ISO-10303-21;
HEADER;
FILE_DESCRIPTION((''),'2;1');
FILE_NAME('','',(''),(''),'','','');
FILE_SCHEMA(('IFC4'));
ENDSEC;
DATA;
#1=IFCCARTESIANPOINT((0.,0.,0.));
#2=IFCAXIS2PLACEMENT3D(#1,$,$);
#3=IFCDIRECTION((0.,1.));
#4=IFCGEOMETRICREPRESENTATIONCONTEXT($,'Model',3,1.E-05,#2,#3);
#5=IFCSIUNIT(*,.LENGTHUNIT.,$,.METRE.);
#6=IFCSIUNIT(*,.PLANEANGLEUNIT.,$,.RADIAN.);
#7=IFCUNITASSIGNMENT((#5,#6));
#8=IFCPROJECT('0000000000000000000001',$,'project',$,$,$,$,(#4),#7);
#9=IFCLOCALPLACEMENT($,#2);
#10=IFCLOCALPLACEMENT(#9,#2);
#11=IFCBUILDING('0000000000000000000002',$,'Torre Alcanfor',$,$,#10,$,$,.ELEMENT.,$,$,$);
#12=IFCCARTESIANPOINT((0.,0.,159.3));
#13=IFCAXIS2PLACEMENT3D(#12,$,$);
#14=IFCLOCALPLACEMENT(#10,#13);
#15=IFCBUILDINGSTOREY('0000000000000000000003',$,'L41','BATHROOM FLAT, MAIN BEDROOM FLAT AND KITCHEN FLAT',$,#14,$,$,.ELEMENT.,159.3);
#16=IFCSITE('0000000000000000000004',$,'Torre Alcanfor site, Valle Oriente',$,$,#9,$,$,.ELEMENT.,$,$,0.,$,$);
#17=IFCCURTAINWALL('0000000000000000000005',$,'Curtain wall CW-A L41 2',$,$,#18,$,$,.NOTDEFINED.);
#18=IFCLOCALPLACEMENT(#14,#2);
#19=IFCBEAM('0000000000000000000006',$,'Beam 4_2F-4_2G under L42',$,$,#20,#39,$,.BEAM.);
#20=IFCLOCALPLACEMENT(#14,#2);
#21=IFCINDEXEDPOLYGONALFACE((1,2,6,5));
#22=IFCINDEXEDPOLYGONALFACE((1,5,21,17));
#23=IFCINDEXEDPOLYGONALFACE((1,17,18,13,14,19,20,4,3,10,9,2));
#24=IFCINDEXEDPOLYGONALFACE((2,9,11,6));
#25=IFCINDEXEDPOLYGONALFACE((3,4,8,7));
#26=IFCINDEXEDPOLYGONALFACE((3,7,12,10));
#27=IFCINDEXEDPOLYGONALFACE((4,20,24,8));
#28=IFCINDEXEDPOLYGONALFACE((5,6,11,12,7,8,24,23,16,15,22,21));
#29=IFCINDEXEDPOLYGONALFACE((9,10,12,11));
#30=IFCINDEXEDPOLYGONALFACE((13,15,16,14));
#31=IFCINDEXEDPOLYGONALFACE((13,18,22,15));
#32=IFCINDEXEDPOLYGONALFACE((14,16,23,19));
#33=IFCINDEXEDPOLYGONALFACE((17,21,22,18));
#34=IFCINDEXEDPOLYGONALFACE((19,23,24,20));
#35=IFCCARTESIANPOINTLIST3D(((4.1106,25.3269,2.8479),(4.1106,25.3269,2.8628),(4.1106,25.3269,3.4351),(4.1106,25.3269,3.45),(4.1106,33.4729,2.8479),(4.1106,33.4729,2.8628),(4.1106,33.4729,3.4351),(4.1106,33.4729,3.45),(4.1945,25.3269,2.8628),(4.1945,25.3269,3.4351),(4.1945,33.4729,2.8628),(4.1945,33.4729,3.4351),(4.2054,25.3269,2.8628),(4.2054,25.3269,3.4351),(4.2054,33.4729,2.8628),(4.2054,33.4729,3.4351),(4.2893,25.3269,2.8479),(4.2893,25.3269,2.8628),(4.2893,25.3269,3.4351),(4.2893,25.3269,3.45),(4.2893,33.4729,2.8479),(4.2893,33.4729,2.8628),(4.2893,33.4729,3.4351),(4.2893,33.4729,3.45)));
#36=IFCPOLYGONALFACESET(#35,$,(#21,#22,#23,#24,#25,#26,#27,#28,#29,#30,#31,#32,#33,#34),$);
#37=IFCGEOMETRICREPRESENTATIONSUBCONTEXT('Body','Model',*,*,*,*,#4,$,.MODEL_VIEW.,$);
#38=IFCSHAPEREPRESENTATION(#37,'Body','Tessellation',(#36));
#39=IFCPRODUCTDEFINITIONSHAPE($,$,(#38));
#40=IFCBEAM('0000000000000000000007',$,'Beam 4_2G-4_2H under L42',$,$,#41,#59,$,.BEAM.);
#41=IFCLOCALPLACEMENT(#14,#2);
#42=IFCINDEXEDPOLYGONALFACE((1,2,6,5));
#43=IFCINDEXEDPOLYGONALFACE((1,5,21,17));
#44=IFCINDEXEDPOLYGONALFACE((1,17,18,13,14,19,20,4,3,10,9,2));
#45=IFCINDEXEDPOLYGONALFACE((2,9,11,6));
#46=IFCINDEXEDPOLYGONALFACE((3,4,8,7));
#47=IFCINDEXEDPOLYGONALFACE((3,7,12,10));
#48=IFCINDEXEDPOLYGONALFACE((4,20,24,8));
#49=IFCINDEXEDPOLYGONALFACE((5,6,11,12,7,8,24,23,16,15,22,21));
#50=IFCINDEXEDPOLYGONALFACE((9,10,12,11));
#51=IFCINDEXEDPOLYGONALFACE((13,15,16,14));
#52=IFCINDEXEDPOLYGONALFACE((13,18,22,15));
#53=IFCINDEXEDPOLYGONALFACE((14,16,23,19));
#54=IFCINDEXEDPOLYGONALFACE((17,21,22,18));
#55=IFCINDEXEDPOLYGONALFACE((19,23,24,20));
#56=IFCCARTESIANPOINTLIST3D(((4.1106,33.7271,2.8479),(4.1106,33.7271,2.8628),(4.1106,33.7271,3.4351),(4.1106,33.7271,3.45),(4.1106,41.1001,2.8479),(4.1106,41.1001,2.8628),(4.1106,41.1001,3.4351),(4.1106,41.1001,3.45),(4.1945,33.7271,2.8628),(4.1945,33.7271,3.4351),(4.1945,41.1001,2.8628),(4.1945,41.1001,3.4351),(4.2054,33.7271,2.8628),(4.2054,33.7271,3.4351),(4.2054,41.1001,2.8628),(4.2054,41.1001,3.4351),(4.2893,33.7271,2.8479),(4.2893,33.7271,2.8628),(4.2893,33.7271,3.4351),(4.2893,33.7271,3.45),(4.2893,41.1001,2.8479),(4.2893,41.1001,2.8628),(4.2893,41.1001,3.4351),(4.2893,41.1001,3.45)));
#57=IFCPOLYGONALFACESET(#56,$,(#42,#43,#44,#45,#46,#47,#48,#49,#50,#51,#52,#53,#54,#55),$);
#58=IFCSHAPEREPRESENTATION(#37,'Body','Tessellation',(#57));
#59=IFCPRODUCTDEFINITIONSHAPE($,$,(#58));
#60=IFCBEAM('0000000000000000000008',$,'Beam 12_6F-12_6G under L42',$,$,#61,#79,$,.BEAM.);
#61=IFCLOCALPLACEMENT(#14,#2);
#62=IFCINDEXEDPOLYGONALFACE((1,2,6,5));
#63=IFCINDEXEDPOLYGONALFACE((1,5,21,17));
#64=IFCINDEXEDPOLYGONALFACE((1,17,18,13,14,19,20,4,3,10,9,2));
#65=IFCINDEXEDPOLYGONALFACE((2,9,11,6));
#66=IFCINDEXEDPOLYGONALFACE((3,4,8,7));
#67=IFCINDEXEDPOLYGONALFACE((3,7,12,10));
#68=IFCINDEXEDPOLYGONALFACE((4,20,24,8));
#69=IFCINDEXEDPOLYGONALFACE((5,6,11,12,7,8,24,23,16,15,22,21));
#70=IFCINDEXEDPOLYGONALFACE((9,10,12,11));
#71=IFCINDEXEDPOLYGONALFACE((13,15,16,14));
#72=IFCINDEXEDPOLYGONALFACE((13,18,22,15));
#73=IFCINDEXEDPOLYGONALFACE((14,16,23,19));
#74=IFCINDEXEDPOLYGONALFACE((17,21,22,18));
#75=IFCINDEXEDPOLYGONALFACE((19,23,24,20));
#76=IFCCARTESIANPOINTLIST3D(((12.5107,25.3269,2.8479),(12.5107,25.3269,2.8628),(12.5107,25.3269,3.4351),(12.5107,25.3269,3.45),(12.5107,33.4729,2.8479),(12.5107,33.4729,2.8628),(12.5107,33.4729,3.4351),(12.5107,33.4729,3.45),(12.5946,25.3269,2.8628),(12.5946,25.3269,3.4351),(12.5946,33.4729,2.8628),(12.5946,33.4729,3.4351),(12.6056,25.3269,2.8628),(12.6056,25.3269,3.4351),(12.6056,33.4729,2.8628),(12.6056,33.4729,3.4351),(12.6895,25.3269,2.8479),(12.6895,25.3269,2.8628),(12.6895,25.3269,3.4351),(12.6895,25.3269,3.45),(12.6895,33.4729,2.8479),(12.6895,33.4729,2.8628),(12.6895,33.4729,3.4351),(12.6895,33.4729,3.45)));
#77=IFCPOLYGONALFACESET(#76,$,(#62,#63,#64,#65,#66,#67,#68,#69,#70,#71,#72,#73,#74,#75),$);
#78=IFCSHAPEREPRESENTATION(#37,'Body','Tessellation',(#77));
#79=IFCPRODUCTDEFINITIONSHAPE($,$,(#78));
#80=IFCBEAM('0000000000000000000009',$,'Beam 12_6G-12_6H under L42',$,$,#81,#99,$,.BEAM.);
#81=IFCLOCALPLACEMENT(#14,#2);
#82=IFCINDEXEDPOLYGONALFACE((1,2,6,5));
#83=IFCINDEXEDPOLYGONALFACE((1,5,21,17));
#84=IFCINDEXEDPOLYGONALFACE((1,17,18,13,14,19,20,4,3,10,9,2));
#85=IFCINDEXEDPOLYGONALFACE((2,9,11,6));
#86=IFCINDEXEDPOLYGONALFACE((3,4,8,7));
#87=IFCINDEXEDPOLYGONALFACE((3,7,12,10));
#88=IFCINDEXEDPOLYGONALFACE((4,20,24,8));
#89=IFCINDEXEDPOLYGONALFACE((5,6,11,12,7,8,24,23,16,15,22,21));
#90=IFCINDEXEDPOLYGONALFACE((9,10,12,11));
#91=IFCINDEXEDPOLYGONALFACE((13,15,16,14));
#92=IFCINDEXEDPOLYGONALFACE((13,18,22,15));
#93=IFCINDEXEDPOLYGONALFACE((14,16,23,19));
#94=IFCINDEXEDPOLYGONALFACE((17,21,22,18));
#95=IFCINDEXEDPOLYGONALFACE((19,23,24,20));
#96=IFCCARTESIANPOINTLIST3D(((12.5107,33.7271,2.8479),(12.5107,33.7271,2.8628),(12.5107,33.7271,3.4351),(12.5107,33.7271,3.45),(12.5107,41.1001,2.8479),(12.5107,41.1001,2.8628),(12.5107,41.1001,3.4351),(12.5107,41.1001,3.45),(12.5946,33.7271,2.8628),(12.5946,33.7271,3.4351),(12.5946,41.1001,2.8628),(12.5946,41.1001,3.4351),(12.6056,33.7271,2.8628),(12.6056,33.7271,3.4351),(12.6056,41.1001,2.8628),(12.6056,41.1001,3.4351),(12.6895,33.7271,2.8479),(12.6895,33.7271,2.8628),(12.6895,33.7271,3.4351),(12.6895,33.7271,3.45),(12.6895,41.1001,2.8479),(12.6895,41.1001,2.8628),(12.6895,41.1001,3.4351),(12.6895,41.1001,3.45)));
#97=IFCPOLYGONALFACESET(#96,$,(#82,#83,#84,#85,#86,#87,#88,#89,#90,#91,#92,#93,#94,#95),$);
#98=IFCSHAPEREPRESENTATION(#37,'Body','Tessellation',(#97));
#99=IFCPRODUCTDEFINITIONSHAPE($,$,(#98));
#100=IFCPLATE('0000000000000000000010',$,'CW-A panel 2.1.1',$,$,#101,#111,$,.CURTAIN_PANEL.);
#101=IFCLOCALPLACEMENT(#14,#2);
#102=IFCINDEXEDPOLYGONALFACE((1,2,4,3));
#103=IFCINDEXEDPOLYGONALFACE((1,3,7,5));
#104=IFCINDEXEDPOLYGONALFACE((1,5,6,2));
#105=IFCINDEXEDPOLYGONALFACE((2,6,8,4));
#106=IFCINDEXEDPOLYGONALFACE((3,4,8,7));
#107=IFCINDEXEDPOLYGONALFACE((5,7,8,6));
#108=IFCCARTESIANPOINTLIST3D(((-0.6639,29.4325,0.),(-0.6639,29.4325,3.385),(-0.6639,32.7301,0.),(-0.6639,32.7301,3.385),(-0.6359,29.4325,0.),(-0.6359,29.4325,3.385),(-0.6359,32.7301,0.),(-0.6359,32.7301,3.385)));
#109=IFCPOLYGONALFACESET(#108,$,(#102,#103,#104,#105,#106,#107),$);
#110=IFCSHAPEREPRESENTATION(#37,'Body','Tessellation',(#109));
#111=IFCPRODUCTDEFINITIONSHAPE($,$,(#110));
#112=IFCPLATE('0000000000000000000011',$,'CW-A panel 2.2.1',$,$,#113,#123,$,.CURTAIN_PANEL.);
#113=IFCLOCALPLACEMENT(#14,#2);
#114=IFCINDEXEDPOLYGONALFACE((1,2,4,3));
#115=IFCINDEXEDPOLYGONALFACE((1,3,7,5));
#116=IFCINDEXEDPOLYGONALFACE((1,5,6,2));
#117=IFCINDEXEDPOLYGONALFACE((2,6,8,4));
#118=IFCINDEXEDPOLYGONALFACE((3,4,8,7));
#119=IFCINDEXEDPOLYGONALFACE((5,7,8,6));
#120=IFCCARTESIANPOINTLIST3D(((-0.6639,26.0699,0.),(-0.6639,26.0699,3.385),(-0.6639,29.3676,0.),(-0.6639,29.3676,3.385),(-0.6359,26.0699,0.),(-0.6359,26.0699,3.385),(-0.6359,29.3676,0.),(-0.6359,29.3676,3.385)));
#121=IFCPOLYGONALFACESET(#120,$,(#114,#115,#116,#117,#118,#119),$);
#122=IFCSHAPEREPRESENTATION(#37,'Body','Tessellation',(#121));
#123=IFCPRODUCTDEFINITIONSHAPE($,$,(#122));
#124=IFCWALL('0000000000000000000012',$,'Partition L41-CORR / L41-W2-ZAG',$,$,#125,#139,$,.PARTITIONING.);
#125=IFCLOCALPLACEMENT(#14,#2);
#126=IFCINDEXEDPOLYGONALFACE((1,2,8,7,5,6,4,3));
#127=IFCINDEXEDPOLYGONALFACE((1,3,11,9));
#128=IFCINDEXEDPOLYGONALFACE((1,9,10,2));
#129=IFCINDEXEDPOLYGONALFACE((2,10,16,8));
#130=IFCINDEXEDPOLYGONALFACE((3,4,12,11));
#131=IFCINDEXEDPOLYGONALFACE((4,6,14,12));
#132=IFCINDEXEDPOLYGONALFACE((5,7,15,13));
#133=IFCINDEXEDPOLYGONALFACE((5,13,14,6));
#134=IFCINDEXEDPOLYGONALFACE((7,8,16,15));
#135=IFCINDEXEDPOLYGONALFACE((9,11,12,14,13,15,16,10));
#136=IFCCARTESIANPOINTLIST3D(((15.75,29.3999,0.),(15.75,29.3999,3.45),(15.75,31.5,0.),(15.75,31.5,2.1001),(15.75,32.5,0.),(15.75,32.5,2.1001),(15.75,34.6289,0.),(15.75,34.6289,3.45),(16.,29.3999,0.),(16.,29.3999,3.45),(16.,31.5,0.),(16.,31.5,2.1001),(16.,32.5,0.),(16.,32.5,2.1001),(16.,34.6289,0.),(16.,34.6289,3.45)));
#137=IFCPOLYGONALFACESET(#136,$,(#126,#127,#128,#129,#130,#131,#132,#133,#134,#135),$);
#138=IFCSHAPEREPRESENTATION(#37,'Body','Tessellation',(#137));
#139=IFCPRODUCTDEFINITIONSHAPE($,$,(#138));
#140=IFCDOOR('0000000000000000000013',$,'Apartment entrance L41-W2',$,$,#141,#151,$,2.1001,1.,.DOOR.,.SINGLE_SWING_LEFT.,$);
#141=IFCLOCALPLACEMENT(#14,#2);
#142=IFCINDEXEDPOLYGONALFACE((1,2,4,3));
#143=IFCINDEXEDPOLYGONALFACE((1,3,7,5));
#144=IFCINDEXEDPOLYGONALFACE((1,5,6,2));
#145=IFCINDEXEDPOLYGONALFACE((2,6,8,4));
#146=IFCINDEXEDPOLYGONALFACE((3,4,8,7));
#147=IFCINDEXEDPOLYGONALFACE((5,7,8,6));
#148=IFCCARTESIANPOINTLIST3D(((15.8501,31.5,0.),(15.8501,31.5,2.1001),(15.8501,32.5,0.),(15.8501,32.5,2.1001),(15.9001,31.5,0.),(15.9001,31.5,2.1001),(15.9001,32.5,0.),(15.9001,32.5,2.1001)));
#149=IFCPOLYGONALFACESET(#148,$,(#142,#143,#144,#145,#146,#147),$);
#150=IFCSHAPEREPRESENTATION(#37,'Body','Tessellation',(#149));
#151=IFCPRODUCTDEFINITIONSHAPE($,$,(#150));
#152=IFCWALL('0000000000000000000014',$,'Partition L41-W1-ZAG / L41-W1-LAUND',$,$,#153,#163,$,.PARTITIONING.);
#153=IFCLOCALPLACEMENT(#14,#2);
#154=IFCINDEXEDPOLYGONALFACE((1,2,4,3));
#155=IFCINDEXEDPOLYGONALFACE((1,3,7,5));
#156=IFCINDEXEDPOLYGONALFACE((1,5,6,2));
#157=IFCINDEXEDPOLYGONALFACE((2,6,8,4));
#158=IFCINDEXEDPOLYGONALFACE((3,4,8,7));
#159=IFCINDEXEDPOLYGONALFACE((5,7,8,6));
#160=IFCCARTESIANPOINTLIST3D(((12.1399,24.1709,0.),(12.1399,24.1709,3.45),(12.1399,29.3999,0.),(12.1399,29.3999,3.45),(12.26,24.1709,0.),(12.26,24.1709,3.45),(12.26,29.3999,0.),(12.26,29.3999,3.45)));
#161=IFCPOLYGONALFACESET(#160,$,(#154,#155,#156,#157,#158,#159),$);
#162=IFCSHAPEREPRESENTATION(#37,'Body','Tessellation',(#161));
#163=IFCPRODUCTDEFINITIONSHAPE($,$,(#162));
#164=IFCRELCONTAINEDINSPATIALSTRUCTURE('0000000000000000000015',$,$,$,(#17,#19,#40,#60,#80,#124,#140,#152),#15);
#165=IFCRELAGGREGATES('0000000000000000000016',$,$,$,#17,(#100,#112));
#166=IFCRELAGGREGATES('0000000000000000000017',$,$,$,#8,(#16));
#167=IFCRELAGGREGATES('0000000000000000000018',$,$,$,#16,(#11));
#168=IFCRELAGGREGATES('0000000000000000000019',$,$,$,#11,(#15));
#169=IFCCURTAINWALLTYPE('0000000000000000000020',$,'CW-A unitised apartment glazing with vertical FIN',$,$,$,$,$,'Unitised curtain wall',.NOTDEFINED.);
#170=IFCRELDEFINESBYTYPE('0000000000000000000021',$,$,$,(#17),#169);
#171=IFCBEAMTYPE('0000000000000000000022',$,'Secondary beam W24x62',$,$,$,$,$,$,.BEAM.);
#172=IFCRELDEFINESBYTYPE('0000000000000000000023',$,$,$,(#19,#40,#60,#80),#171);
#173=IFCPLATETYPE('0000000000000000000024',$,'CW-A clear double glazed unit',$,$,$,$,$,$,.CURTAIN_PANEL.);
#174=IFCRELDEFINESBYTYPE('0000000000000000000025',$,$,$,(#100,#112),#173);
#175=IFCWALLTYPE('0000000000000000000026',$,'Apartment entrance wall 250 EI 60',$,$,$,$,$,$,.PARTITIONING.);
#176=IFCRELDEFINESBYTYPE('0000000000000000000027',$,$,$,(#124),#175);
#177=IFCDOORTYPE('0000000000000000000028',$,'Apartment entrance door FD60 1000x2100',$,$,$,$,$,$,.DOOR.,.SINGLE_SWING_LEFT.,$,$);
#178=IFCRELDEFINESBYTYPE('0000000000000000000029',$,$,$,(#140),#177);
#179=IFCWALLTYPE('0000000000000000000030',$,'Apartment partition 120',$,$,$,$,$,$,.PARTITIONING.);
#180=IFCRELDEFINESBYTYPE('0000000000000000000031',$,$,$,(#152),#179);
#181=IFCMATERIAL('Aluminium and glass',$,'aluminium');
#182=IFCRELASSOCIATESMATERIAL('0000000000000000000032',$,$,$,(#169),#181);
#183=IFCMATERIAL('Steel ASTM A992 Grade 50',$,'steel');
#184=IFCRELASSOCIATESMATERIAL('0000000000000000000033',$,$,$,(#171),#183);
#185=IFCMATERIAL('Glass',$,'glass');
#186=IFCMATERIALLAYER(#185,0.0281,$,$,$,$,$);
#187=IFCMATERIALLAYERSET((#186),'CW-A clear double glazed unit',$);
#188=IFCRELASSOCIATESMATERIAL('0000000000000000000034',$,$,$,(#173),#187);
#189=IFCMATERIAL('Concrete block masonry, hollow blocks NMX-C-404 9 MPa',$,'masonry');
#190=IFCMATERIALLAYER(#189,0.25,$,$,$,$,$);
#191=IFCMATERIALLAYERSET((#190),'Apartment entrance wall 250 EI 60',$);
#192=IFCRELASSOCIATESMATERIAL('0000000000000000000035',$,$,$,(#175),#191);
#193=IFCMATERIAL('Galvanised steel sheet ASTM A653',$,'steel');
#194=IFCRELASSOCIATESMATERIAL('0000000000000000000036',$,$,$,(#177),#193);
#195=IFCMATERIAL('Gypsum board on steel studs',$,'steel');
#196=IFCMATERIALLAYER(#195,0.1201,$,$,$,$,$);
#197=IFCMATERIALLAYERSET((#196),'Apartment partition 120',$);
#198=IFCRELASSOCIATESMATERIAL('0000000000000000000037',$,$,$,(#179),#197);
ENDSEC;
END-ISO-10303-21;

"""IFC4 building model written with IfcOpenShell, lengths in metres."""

from ifc_helpers import new_model, si_unit, direction, frame, frame_2d, origin, origin_2d, place, context, subcontext, project, spatial, rectangle, i_section, extrude, material, layer, layer_set, material_profile, profile_set, type_object, element, fill, aggregate, save


model = new_model("IFC4")

# Units and contexts
model_context = context("Model", 3, precision=1e-05, world=origin(), true_north=direction((0.0, 1.0)))
body_context = subcontext(model_context, "Body", "Model", "MODEL_VIEW")
ifc_project = project(units=[si_unit("LENGTHUNIT", "METRE"), si_unit("PLANEANGLEUNIT", "RADIAN")], contexts=[model_context])

# Site, building, storey
site_placement = place(None, origin())
site = spatial("IfcSite", under=ifc_project, at=site_placement, Name="Torre Alcanfor site, Valle Oriente", CompositionType="ELEMENT", RefElevation=0.0)
building_placement = place(site_placement, origin())
building = spatial("IfcBuilding", under=site, at=building_placement, Name="Torre Alcanfor", CompositionType="ELEMENT")
storey_placement = place(building_placement, frame((0.0, 0.0, 159.3)))
storey = spatial("IfcBuildingStorey", under=building, at=storey_placement, Name="L41", Description="BATHROOM FLAT, MAIN BEDROOM FLAT AND KITCHEN FLAT", CompositionType="ELEMENT", Elevation=159.3)

# Curtain wall
ifc_material_1 = material(Name="Aluminium and glass", Category="aluminium")
curtain_wall_type = type_object("IfcCurtainWallType", Name="CW-A unitised apartment glazing with vertical FIN", ElementType="Unitised curtain wall", PredefinedType="NOTDEFINED", material=ifc_material_1)
curtain_wall_placement = place(storey_placement, origin())
curtain_wall = element("IfcCurtainWall", 1, at=curtain_wall_placement, inside=storey, type_object=curtain_wall_type, Name="Curtain wall CW-A L41 2", PredefinedType="NOTDEFINED")

# Beams
ifc_material_2 = material(Name="Steel ASTM A992 Grade 50", Category="steel")
ifc_material_profile_1 = material_profile(ifc_material_2, i_section(OverallWidth=0.1787, OverallDepth=0.6021, WebThickness=0.011, FlangeThickness=0.0149, at=origin_2d()), Name="W24x62")
ifc_profile_set_1 = profile_set([ifc_material_profile_1], Name="Steel ASTM A992 Grade 50")
beam_type_1 = type_object("IfcBeamType", Name="Secondary beam W24x62", PredefinedType="BEAM", material=ifc_profile_set_1)
beam_1_placement = place(storey_placement, frame((4.2, 25.3269, 3.1489), z_axis=(0.0, 1.0, 0.0), x_axis=(-1.0, 0.0, 0.0)))
element("IfcBeam", 2, at=beam_1_placement, inside=storey, type_object=beam_type_1, Name="Beam 4_2F-4_2G under L42", PredefinedType="BEAM", context=body_context, shape_type="SweptSolid", body=[
    extrude(i_section(OverallWidth=0.1787, OverallDepth=0.6021, WebThickness=0.011, FlangeThickness=0.0149, at=origin_2d()), origin(), (0.0, 0.0, 1.0), 8.146),
])
beam_2_placement = place(storey_placement, frame((4.2, 33.7271, 3.1489), z_axis=(0.0, 1.0, 0.0), x_axis=(-1.0, 0.0, 0.0)))
element("IfcBeam", 3, at=beam_2_placement, inside=storey, type_object=beam_type_1, Name="Beam 4_2G-4_2H under L42", PredefinedType="BEAM", context=body_context, shape_type="SweptSolid", body=[
    extrude(i_section(OverallWidth=0.1787, OverallDepth=0.6021, WebThickness=0.011, FlangeThickness=0.0149, at=origin_2d()), origin(), (0.0, 0.0, 1.0), 7.373),
])
beam_3_placement = place(storey_placement, frame((12.6001, 25.3269, 3.1489), z_axis=(0.0, 1.0, 0.0), x_axis=(-1.0, 0.0, 0.0)))
element("IfcBeam", 4, at=beam_3_placement, inside=storey, type_object=beam_type_1, Name="Beam 12_6F-12_6G under L42", PredefinedType="BEAM", context=body_context, shape_type="SweptSolid", body=[
    extrude(i_section(OverallWidth=0.1787, OverallDepth=0.6021, WebThickness=0.011, FlangeThickness=0.0149, at=origin_2d()), origin(), (0.0, 0.0, 1.0), 8.146),
])
beam_4_placement = place(storey_placement, frame((12.6001, 33.7271, 3.1489), z_axis=(0.0, 1.0, 0.0), x_axis=(-1.0, 0.0, 0.0)))
element("IfcBeam", 5, at=beam_4_placement, inside=storey, type_object=beam_type_1, Name="Beam 12_6G-12_6H under L42", PredefinedType="BEAM", context=body_context, shape_type="SweptSolid", body=[
    extrude(i_section(OverallWidth=0.1787, OverallDepth=0.6021, WebThickness=0.011, FlangeThickness=0.0149, at=origin_2d()), origin(), (0.0, 0.0, 1.0), 7.373),
])

# Plates
ifc_material_3 = material(Name="Glass", Category="glass")
ifc_layer_1 = layer(ifc_material_3, 0.0281)
ifc_layer_set_1 = layer_set([ifc_layer_1], Name="CW-A clear double glazed unit")
plate_type = type_object("IfcPlateType", Name="CW-A clear double glazed unit", PredefinedType="CURTAIN_PANEL", material=ifc_layer_set_1)
plate_1_placement = place(storey_placement, frame((-0.6499, 31.0813, 0.0), z_axis=(0.0, 0.0, 1.0), x_axis=(0.0, -1.0, 0.0)))
plate_1 = element("IfcPlate", 6, at=plate_1_placement, type_object=plate_type, Name="CW-A panel 2.1.1", PredefinedType="CURTAIN_PANEL", context=body_context, shape_type="SweptSolid", body=[
    extrude(rectangle(XDim=3.2976, YDim=0.0281, at=origin_2d()), origin(), (0.0, 0.0, 1.0), 3.385),
])
plate_2_placement = place(storey_placement, frame((-0.6499, 27.7188, 0.0), z_axis=(0.0, 0.0, 1.0), x_axis=(0.0, -1.0, 0.0)))
plate_2 = element("IfcPlate", 7, at=plate_2_placement, type_object=plate_type, Name="CW-A panel 2.2.1", PredefinedType="CURTAIN_PANEL", context=body_context, shape_type="SweptSolid", body=[
    extrude(rectangle(XDim=3.2976, YDim=0.0281, at=origin_2d()), origin(), (0.0, 0.0, 1.0), 3.385),
])
aggregate(curtain_wall, [plate_1, plate_2])

# Wall, opening, door
ifc_material_4 = material(Name="Concrete block masonry, hollow blocks NMX-C-404 9 MPa", Category="masonry")
ifc_layer_2 = layer(ifc_material_4, 0.25)
ifc_layer_set_2 = layer_set([ifc_layer_2], Name="Apartment entrance wall 250 EI 60")
wall_type_1 = type_object("IfcWallType", Name="Apartment entrance wall 250 EI 60", PredefinedType="PARTITIONING", material=ifc_layer_set_2)
wall_1_placement = place(storey_placement, frame((15.875, 29.3999, 0.0), z_axis=(0.0, 0.0, 1.0), x_axis=(0.0, 1.0, 0.0)))
wall_1 = element("IfcWall", 8, at=wall_1_placement, inside=storey, type_object=wall_type_1, Name="Partition L41-CORR / L41-W2-ZAG", PredefinedType="PARTITIONING", context=body_context, shape_type="SweptSolid", body=[
    extrude(rectangle(XDim=5.229, YDim=0.25, at=frame_2d((2.6145, 0.0))), origin(), (0.0, 0.0, 1.0), 3.45),
])
opening_1_placement = place(wall_1_placement, frame((2.1001, 0.0, 0.0)))
opening_1 = element("IfcOpeningElement", 9, at=opening_1_placement, cuts=wall_1, PredefinedType="OPENING", context=body_context, shape_type="SweptSolid", body=[
    extrude(rectangle(XDim=1.0, YDim=2.1001, at=frame_2d((0.5, 1.05))), frame((0.0, 0.135, 0.0), z_axis=(0.0, -1.0, 0.0), x_axis=(1.0, 0.0, 0.0)), (0.0, 0.0, 1.0), 0.27),
])
ifc_material_5 = material(Name="Galvanised steel sheet ASTM A653", Category="steel")
door_type_1 = type_object("IfcDoorType", Name="Apartment entrance door FD60 1000x2100", OperationType="SINGLE_SWING_LEFT", PredefinedType="DOOR", material=ifc_material_5)
door_1_placement = place(opening_1_placement, origin())
door_1 = element("IfcDoor", 10, at=door_1_placement, inside=storey, type_object=door_type_1, Name="Apartment entrance L41-W2", OperationType="SINGLE_SWING_LEFT", OverallHeight=2.1001, OverallWidth=1.0, PredefinedType="DOOR", context=body_context, shape_type="SweptSolid", body=[
    extrude(rectangle(XDim=1.0, YDim=2.1001, at=frame_2d((0.5, 1.05))), frame((0.0, 0.0249, 0.0), z_axis=(0.0, -1.0, 0.0), x_axis=(1.0, 0.0, 0.0)), (0.0, 0.0, 1.0), 0.05),
])
fill(opening_1, door_1)

# Wall
ifc_material_6 = material(Name="Gypsum board on steel studs", Category="steel")
ifc_layer_3 = layer(ifc_material_6, 0.1201)
ifc_layer_set_3 = layer_set([ifc_layer_3], Name="Apartment partition 120")
wall_type_2 = type_object("IfcWallType", Name="Apartment partition 120", PredefinedType="PARTITIONING", material=ifc_layer_set_3)
wall_2_placement = place(storey_placement, frame((12.2, 29.3999, 0.0), z_axis=(0.0, 0.0, 1.0), x_axis=(0.0, -1.0, 0.0)))
element("IfcWall", 11, at=wall_2_placement, inside=storey, type_object=wall_type_2, Name="Partition L41-W1-ZAG / L41-W1-LAUND", PredefinedType="PARTITIONING", context=body_context, shape_type="SweptSolid", body=[
    extrude(rectangle(XDim=5.229, YDim=0.1201, at=frame_2d((2.6145, 0.0))), origin(), (0.0, 0.0, 1.0), 3.45),
])

save(model, "model.ifc")
